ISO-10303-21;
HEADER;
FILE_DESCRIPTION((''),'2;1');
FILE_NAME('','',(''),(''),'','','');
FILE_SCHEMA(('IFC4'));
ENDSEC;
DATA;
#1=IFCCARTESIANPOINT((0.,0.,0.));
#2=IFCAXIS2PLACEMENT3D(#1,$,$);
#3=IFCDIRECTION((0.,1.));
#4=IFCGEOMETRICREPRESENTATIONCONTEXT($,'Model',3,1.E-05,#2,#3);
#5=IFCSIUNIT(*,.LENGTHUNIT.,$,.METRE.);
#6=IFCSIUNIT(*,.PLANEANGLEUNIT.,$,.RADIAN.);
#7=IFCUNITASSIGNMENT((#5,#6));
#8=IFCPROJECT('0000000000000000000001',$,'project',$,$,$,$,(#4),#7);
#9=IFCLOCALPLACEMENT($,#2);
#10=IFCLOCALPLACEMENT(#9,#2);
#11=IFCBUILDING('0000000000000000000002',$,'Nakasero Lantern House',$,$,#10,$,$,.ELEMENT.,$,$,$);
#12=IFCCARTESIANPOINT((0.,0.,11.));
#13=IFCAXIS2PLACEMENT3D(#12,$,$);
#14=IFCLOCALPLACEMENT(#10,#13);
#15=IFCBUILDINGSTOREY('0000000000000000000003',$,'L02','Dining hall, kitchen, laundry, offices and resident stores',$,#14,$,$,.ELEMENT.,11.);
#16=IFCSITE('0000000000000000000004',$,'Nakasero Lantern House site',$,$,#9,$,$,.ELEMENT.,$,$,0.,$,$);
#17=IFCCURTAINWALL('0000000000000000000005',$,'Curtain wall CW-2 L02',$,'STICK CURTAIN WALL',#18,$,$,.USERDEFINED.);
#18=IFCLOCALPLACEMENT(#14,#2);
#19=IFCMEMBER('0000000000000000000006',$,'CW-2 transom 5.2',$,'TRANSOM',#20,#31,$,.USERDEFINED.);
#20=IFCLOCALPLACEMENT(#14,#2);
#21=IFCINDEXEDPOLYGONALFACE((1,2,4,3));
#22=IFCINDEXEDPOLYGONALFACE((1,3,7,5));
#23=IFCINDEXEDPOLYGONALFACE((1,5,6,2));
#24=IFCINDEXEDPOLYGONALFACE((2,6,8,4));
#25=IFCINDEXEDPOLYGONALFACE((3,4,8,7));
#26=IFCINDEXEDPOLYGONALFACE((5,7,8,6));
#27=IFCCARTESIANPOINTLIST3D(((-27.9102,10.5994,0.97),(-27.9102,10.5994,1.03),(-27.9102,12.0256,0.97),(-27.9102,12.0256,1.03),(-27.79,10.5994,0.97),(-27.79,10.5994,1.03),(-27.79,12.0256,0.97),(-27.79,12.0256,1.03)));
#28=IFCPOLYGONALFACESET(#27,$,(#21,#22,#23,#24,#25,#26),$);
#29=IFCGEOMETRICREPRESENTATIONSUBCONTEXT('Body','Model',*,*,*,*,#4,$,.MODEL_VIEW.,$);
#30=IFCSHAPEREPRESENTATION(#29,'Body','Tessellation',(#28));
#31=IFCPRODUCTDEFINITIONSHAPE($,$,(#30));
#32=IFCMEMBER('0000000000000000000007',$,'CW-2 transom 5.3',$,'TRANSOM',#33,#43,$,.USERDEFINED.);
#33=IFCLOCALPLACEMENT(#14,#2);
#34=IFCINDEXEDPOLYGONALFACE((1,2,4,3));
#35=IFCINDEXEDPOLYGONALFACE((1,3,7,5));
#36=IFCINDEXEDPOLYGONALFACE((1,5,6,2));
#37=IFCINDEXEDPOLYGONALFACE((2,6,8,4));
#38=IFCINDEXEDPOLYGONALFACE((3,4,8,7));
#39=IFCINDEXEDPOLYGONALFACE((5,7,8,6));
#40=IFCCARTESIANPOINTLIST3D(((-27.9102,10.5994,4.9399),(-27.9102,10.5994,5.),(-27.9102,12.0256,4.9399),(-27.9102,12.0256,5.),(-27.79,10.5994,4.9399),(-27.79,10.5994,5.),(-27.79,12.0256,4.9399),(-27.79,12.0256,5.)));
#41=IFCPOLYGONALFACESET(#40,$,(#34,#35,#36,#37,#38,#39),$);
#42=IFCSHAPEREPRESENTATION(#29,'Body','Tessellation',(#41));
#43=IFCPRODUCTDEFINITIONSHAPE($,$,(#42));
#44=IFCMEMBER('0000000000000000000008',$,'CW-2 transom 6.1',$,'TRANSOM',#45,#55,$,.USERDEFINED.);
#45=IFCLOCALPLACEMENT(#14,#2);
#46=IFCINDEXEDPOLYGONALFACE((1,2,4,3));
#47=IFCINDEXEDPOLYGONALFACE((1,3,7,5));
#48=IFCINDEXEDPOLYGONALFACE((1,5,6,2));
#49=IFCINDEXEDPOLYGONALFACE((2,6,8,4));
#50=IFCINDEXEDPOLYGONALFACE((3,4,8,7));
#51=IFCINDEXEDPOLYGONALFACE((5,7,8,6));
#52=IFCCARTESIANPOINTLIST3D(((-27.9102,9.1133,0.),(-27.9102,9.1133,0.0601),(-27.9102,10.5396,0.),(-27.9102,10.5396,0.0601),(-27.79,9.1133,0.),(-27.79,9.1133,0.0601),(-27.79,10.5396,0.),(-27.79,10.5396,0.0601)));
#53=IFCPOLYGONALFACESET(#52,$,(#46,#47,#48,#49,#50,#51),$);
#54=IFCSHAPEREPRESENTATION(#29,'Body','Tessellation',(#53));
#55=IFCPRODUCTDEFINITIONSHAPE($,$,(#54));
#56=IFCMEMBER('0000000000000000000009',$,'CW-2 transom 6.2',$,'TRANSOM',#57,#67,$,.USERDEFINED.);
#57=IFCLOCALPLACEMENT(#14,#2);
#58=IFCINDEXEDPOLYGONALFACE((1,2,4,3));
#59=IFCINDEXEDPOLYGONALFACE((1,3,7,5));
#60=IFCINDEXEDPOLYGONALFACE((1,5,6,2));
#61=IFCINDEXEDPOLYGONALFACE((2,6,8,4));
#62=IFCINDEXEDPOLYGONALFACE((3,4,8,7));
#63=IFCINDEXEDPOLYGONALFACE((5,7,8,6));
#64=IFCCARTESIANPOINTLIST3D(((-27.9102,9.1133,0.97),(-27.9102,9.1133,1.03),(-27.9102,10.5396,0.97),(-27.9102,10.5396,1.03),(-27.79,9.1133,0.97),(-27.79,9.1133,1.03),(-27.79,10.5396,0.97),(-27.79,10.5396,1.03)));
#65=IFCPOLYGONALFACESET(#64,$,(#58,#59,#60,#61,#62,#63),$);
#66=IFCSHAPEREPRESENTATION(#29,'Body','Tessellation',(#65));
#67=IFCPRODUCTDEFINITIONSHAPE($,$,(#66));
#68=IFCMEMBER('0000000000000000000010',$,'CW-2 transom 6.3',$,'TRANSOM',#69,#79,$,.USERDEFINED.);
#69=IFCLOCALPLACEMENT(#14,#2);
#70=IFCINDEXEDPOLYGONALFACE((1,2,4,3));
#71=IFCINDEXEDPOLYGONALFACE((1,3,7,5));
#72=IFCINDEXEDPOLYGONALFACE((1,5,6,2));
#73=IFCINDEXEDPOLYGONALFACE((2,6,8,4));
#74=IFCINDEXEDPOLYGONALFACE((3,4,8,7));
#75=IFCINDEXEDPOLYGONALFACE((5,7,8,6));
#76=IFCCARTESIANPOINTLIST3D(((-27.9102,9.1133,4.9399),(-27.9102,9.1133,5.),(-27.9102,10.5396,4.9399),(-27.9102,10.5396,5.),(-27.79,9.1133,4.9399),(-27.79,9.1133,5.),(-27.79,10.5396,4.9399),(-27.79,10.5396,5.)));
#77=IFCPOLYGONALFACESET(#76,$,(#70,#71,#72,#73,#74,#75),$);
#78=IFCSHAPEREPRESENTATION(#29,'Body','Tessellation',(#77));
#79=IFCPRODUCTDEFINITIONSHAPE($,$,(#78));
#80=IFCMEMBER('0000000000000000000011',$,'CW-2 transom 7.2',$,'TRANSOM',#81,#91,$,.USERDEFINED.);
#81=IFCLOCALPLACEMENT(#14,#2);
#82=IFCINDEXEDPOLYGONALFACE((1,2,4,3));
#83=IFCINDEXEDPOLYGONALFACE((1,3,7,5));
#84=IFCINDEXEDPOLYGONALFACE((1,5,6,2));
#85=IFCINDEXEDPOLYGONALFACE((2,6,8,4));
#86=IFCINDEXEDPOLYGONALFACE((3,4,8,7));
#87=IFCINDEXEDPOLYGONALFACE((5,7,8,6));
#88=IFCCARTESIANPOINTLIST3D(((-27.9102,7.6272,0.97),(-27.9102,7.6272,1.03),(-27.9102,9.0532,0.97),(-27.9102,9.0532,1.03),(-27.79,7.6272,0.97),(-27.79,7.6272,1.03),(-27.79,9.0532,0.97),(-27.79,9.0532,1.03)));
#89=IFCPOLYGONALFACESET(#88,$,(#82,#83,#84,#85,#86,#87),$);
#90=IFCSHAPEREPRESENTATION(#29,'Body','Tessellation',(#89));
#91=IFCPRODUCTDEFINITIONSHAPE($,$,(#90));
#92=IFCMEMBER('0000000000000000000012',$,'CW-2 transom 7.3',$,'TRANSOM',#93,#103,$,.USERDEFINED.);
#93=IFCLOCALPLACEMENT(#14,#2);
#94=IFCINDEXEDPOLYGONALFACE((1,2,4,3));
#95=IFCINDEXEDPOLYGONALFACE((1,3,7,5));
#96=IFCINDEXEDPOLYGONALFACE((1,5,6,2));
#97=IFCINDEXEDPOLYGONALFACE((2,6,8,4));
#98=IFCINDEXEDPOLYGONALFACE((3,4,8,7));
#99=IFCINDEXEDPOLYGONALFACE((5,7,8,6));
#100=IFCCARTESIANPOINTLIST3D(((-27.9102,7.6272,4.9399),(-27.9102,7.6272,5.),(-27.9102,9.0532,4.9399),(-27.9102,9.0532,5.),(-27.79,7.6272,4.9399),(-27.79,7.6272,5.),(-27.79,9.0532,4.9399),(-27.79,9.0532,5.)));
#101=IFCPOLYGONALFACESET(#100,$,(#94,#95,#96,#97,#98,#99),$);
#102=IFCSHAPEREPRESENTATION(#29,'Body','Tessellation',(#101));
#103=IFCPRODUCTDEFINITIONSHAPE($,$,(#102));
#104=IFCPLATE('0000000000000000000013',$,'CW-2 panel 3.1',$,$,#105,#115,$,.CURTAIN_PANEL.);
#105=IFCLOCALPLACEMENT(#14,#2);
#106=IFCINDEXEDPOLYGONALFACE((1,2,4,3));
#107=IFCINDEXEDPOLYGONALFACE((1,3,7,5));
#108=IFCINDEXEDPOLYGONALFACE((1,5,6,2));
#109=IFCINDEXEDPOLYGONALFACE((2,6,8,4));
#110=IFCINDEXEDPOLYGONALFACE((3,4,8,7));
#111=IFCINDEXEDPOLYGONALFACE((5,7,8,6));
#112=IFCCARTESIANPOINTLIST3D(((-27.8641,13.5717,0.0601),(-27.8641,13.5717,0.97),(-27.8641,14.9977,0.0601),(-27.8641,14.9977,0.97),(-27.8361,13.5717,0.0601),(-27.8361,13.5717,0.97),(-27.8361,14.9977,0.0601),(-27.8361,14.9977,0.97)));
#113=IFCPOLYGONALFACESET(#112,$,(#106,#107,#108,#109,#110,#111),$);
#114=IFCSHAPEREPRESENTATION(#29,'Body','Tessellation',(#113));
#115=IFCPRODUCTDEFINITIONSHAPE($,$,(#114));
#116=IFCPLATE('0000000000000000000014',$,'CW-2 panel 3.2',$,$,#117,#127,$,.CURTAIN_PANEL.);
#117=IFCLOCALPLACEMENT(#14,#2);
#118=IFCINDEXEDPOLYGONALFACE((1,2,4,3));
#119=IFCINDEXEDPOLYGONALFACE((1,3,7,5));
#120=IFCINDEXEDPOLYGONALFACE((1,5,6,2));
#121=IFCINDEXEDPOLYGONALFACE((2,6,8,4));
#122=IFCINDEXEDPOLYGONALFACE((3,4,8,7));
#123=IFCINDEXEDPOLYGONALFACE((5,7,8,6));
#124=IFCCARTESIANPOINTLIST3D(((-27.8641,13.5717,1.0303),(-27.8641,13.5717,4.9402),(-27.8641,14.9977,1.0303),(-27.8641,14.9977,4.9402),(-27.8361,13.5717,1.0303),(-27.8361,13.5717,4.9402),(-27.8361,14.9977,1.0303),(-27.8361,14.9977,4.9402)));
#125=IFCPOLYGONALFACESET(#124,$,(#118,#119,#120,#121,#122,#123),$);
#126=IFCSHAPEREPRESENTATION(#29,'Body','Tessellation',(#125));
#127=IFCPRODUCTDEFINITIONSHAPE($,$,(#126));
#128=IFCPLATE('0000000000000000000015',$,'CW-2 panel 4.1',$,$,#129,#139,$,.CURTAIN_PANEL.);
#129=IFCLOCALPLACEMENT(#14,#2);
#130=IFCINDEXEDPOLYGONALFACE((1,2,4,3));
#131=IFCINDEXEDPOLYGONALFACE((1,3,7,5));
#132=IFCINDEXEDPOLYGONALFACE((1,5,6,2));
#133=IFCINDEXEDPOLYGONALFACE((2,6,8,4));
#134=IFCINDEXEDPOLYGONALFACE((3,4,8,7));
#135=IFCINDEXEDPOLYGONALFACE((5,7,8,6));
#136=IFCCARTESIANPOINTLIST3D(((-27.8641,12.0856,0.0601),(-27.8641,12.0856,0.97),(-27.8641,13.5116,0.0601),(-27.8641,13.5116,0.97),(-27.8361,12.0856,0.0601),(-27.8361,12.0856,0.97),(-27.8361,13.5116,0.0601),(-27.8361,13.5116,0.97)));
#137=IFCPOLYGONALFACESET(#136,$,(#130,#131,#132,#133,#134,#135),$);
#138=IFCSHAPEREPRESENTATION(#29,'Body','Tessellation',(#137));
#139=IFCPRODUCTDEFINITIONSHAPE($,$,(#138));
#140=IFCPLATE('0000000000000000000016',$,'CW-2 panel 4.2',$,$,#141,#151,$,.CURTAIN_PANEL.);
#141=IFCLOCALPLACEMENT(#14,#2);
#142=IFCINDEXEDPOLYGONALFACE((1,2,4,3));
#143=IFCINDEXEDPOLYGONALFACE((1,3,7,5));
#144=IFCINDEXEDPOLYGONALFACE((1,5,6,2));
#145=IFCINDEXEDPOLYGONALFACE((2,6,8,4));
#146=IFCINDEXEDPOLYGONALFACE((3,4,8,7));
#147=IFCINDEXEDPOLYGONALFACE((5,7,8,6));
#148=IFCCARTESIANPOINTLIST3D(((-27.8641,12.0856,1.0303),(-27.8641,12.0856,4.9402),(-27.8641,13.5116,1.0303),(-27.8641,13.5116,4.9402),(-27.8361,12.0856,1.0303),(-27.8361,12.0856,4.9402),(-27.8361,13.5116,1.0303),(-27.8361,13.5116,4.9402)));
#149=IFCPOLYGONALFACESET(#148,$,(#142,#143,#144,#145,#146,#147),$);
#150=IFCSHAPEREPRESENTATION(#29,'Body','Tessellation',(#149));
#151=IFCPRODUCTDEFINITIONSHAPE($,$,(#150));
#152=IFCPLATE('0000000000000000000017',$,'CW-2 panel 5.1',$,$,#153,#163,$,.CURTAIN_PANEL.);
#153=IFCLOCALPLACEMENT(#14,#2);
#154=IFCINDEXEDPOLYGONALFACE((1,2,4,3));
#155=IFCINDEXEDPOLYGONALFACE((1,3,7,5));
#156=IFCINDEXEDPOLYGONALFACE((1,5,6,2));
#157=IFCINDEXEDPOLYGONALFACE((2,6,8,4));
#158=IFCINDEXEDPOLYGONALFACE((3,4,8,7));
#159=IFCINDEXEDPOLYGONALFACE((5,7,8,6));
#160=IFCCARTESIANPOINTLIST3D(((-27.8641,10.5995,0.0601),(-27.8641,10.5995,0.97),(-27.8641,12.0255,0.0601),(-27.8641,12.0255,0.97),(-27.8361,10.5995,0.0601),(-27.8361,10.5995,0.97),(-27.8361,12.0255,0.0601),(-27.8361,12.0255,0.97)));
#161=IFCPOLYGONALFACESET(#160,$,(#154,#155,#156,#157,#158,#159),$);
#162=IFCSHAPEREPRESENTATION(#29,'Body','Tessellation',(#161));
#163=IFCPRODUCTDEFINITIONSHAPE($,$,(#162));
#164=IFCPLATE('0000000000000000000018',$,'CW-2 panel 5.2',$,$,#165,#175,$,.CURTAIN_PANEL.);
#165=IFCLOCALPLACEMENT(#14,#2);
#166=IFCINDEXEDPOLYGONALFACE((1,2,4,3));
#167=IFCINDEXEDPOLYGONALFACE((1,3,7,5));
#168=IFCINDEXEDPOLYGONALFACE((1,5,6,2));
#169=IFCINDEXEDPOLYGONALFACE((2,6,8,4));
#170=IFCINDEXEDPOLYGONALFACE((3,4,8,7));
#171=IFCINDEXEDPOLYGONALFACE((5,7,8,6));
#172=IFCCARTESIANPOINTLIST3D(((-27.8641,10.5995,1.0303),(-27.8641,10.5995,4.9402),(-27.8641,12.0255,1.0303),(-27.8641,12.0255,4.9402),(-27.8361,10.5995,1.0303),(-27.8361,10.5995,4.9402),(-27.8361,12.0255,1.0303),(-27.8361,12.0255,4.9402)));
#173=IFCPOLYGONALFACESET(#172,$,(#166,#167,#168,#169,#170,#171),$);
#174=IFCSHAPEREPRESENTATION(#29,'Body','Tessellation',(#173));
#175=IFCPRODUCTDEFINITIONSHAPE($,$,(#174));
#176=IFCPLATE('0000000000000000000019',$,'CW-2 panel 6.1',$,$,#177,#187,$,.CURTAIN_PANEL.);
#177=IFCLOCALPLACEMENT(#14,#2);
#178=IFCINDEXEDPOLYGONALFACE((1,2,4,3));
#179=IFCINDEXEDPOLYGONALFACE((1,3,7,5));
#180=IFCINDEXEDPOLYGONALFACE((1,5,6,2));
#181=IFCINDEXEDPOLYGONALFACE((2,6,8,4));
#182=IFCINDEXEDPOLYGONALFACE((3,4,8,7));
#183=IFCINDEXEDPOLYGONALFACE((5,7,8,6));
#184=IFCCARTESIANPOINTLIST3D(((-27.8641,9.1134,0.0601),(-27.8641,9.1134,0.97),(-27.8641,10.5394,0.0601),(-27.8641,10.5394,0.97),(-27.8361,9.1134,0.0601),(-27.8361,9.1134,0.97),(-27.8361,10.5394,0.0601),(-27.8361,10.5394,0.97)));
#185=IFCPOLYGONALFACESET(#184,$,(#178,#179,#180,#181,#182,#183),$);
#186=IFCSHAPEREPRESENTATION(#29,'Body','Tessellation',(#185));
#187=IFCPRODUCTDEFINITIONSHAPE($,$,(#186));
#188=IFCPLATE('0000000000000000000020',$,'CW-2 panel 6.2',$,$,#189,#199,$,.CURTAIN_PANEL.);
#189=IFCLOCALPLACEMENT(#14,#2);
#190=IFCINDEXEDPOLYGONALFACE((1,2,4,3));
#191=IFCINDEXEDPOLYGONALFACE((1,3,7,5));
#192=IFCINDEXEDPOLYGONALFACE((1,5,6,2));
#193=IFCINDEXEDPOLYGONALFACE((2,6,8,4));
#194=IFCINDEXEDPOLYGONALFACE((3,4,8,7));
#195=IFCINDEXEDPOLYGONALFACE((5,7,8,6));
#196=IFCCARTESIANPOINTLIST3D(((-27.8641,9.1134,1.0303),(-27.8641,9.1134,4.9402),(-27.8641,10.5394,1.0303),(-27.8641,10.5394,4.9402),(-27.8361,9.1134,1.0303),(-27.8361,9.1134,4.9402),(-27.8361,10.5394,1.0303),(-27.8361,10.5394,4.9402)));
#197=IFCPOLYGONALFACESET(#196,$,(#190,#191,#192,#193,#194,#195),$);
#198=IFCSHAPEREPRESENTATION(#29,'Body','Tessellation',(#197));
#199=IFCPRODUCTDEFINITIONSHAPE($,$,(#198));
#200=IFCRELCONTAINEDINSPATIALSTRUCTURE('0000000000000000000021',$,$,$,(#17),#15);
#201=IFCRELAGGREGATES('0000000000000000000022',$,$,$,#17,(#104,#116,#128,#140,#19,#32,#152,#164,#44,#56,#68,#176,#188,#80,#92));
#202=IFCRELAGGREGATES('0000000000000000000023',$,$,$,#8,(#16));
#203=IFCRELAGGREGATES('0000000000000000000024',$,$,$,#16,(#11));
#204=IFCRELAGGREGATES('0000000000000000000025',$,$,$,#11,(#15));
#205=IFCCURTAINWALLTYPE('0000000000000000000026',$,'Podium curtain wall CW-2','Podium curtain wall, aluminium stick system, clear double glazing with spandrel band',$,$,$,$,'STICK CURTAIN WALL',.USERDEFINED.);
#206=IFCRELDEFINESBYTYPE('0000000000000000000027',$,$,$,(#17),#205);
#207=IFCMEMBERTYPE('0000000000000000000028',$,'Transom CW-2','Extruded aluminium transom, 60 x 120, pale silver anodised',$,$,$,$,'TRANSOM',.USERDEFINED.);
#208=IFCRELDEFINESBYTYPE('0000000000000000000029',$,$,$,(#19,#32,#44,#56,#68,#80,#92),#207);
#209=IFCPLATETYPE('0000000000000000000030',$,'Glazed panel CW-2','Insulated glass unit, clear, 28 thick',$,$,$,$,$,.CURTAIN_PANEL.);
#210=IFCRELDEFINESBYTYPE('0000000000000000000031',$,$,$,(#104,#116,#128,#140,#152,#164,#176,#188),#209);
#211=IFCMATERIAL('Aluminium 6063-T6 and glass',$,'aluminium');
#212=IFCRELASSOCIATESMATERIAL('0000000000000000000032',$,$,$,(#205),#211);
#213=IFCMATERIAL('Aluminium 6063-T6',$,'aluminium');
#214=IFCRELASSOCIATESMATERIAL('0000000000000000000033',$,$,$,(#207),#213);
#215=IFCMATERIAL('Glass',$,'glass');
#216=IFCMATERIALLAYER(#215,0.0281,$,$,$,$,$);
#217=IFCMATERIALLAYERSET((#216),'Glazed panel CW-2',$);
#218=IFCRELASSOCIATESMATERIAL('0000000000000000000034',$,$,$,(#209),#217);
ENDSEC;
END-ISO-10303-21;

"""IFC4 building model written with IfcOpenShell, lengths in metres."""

from ifc_helpers import new_model, si_unit, direction, frame, origin, origin_2d, place, context, subcontext, project, spatial, rectangle, extrude, material, layer, layer_set, material_profile, profile_set, type_object, element, aggregate, save


model = new_model("IFC4")

# Units and contexts
model_context = context("Model", 3, precision=1e-05, world=origin(), true_north=direction((0.0, 1.0)))
body_context = subcontext(model_context, "Body", "Model", "MODEL_VIEW")
ifc_project = project(units=[si_unit("LENGTHUNIT", "METRE"), si_unit("PLANEANGLEUNIT", "RADIAN")], contexts=[model_context])

# Site, building, storey
site_placement = place(None, origin())
site = spatial("IfcSite", under=ifc_project, at=site_placement, Name="Nakasero Lantern House site", CompositionType="ELEMENT", RefElevation=0.0)
building_placement = place(site_placement, origin())
building = spatial("IfcBuilding", under=site, at=building_placement, Name="Nakasero Lantern House", CompositionType="ELEMENT")
storey_placement = place(building_placement, frame((0.0, 0.0, 11.0)))
storey = spatial("IfcBuildingStorey", under=building, at=storey_placement, Name="L02", Description="Dining hall, kitchen, laundry, offices and resident stores", CompositionType="ELEMENT", Elevation=11.0)

# Curtain wall
ifc_material_1 = material(Name="Aluminium 6063-T6 and glass", Category="aluminium")
curtain_wall_type = type_object("IfcCurtainWallType", Name="Podium curtain wall CW-2", Description="Podium curtain wall, aluminium stick system, clear double glazing with spandrel band", ElementType="STICK CURTAIN WALL", PredefinedType="USERDEFINED", material=ifc_material_1)
curtain_wall_placement = place(storey_placement, origin())
curtain_wall = element("IfcCurtainWall", 1, at=curtain_wall_placement, inside=storey, type_object=curtain_wall_type, Name="Curtain wall CW-2 L02", ObjectType="STICK CURTAIN WALL", PredefinedType="USERDEFINED")

# Members
ifc_material_2 = material(Name="Aluminium 6063-T6", Category="aluminium")
ifc_material_profile_1 = material_profile(ifc_material_2, rectangle(XDim=0.0601, YDim=0.1201, at=origin_2d()), Name="CW-2 transom 60x120")
ifc_profile_set_1 = profile_set([ifc_material_profile_1], Name="Aluminium 6063-T6")
member_type_1 = type_object("IfcMemberType", Name="Transom CW-2", Description="Extruded aluminium transom, 60 x 120, pale silver anodised", ElementType="TRANSOM", PredefinedType="USERDEFINED", material=ifc_profile_set_1)
member_1_placement = place(storey_placement, frame((-27.8501, 12.0256, 1.0), z_axis=(0.0, -1.0, 0.0), x_axis=(0.0, 0.0, 1.0)))
member_1 = element("IfcMember", 2, at=member_1_placement, type_object=member_type_1, Name="CW-2 transom 5.2", ObjectType="TRANSOM", PredefinedType="USERDEFINED", context=body_context, shape_type="SweptSolid", body=[
    extrude(rectangle(XDim=0.0601, YDim=0.1201, at=origin_2d()), origin(), (0.0, 0.0, 1.0), 1.4263),
])
member_2_placement = place(storey_placement, frame((-27.8501, 12.0256, 4.97), z_axis=(0.0, -1.0, 0.0), x_axis=(0.0, 0.0, 1.0)))
member_2 = element("IfcMember", 3, at=member_2_placement, type_object=member_type_1, Name="CW-2 transom 5.3", ObjectType="TRANSOM", PredefinedType="USERDEFINED", context=body_context, shape_type="SweptSolid", body=[
    extrude(rectangle(XDim=0.0601, YDim=0.1201, at=origin_2d()), origin(), (0.0, 0.0, 1.0), 1.4263),
])
member_3_placement = place(storey_placement, frame((-27.8501, 10.5396, 0.03), z_axis=(0.0, -1.0, 0.0), x_axis=(0.0, 0.0, 1.0)))
member_3 = element("IfcMember", 4, at=member_3_placement, type_object=member_type_1, Name="CW-2 transom 6.1", ObjectType="TRANSOM", PredefinedType="USERDEFINED", context=body_context, shape_type="SweptSolid", body=[
    extrude(rectangle(XDim=0.0601, YDim=0.1201, at=origin_2d()), origin(), (0.0, 0.0, 1.0), 1.4263),
])
member_4_placement = place(storey_placement, frame((-27.8501, 10.5396, 1.0), z_axis=(0.0, -1.0, 0.0), x_axis=(0.0, 0.0, 1.0)))
member_4 = element("IfcMember", 5, at=member_4_placement, type_object=member_type_1, Name="CW-2 transom 6.2", ObjectType="TRANSOM", PredefinedType="USERDEFINED", context=body_context, shape_type="SweptSolid", body=[
    extrude(rectangle(XDim=0.0601, YDim=0.1201, at=origin_2d()), origin(), (0.0, 0.0, 1.0), 1.4263),
])
member_5_placement = place(storey_placement, frame((-27.8501, 10.5396, 4.97), z_axis=(0.0, -1.0, 0.0), x_axis=(0.0, 0.0, 1.0)))
member_5 = element("IfcMember", 6, at=member_5_placement, type_object=member_type_1, Name="CW-2 transom 6.3", ObjectType="TRANSOM", PredefinedType="USERDEFINED", context=body_context, shape_type="SweptSolid", body=[
    extrude(rectangle(XDim=0.0601, YDim=0.1201, at=origin_2d()), origin(), (0.0, 0.0, 1.0), 1.4263),
])
member_6_placement = place(storey_placement, frame((-27.8501, 9.0532, 1.0), z_axis=(0.0, -1.0, 0.0), x_axis=(0.0, 0.0, 1.0)))
member_6 = element("IfcMember", 7, at=member_6_placement, type_object=member_type_1, Name="CW-2 transom 7.2", ObjectType="TRANSOM", PredefinedType="USERDEFINED", context=body_context, shape_type="SweptSolid", body=[
    extrude(rectangle(XDim=0.0601, YDim=0.1201, at=origin_2d()), origin(), (0.0, 0.0, 1.0), 1.426),
])
member_7_placement = place(storey_placement, frame((-27.8501, 9.0532, 4.97), z_axis=(0.0, -1.0, 0.0), x_axis=(0.0, 0.0, 1.0)))
member_7 = element("IfcMember", 8, at=member_7_placement, type_object=member_type_1, Name="CW-2 transom 7.3", ObjectType="TRANSOM", PredefinedType="USERDEFINED", context=body_context, shape_type="SweptSolid", body=[
    extrude(rectangle(XDim=0.0601, YDim=0.1201, at=origin_2d()), origin(), (0.0, 0.0, 1.0), 1.426),
])

# Plates
ifc_material_3 = material(Name="Glass", Category="glass")
ifc_layer_1 = layer(ifc_material_3, 0.0281)
ifc_layer_set_1 = layer_set([ifc_layer_1], Name="Glazed panel CW-2")
plate_type = type_object("IfcPlateType", Name="Glazed panel CW-2", Description="Insulated glass unit, clear, 28 thick", PredefinedType="CURTAIN_PANEL", material=ifc_layer_set_1)
plate_1_placement = place(storey_placement, frame((-27.8501, 14.2847, 0.0601), z_axis=(0.0, 0.0, 1.0), x_axis=(0.0, -1.0, 0.0)))
plate_1 = element("IfcPlate", 9, at=plate_1_placement, type_object=plate_type, Name="CW-2 panel 3.1", PredefinedType="CURTAIN_PANEL", context=body_context, shape_type="SweptSolid", body=[
    extrude(rectangle(XDim=1.426, YDim=0.0281, at=origin_2d()), origin(), (0.0, 0.0, 1.0), 0.9099),
])
plate_2_placement = place(storey_placement, frame((-27.8501, 14.2847, 1.0303), z_axis=(0.0, 0.0, 1.0), x_axis=(0.0, -1.0, 0.0)))
plate_2 = element("IfcPlate", 10, at=plate_2_placement, type_object=plate_type, Name="CW-2 panel 3.2", PredefinedType="CURTAIN_PANEL", context=body_context, shape_type="SweptSolid", body=[
    extrude(rectangle(XDim=1.426, YDim=0.0281, at=origin_2d()), origin(), (0.0, 0.0, 1.0), 3.9099),
])
plate_3_placement = place(storey_placement, frame((-27.8501, 12.7986, 0.0601), z_axis=(0.0, 0.0, 1.0), x_axis=(0.0, -1.0, 0.0)))
plate_3 = element("IfcPlate", 11, at=plate_3_placement, type_object=plate_type, Name="CW-2 panel 4.1", PredefinedType="CURTAIN_PANEL", context=body_context, shape_type="SweptSolid", body=[
    extrude(rectangle(XDim=1.426, YDim=0.0281, at=origin_2d()), origin(), (0.0, 0.0, 1.0), 0.9099),
])
plate_4_placement = place(storey_placement, frame((-27.8501, 12.7986, 1.0303), z_axis=(0.0, 0.0, 1.0), x_axis=(0.0, -1.0, 0.0)))
plate_4 = element("IfcPlate", 12, at=plate_4_placement, type_object=plate_type, Name="CW-2 panel 4.2", PredefinedType="CURTAIN_PANEL", context=body_context, shape_type="SweptSolid", body=[
    extrude(rectangle(XDim=1.426, YDim=0.0281, at=origin_2d()), origin(), (0.0, 0.0, 1.0), 3.9099),
])
plate_5_placement = place(storey_placement, frame((-27.8501, 11.3125, 0.0601), z_axis=(0.0, 0.0, 1.0), x_axis=(0.0, -1.0, 0.0)))
plate_5 = element("IfcPlate", 13, at=plate_5_placement, type_object=plate_type, Name="CW-2 panel 5.1", PredefinedType="CURTAIN_PANEL", context=body_context, shape_type="SweptSolid", body=[
    extrude(rectangle(XDim=1.426, YDim=0.0281, at=origin_2d()), origin(), (0.0, 0.0, 1.0), 0.9099),
])
plate_6_placement = place(storey_placement, frame((-27.8501, 11.3125, 1.0303), z_axis=(0.0, 0.0, 1.0), x_axis=(0.0, -1.0, 0.0)))
plate_6 = element("IfcPlate", 14, at=plate_6_placement, type_object=plate_type, Name="CW-2 panel 5.2", PredefinedType="CURTAIN_PANEL", context=body_context, shape_type="SweptSolid", body=[
    extrude(rectangle(XDim=1.426, YDim=0.0281, at=origin_2d()), origin(), (0.0, 0.0, 1.0), 3.9099),
])
plate_7_placement = place(storey_placement, frame((-27.8501, 9.8264, 0.0601), z_axis=(0.0, 0.0, 1.0), x_axis=(0.0, -1.0, 0.0)))
plate_7 = element("IfcPlate", 15, at=plate_7_placement, type_object=plate_type, Name="CW-2 panel 6.1", PredefinedType="CURTAIN_PANEL", context=body_context, shape_type="SweptSolid", body=[
    extrude(rectangle(XDim=1.426, YDim=0.0281, at=origin_2d()), origin(), (0.0, 0.0, 1.0), 0.9099),
])
plate_8_placement = place(storey_placement, frame((-27.8501, 9.8264, 1.0303), z_axis=(0.0, 0.0, 1.0), x_axis=(0.0, -1.0, 0.0)))
plate_8 = element("IfcPlate", 16, at=plate_8_placement, type_object=plate_type, Name="CW-2 panel 6.2", PredefinedType="CURTAIN_PANEL", context=body_context, shape_type="SweptSolid", body=[
    extrude(rectangle(XDim=1.426, YDim=0.0281, at=origin_2d()), origin(), (0.0, 0.0, 1.0), 3.9099),
])
aggregate(curtain_wall, [plate_1, plate_2, plate_3, plate_4, member_1, member_2, plate_5, plate_6, member_3, member_4, member_5, plate_7, plate_8, member_6, member_7])

save(model, "model.ifc")
